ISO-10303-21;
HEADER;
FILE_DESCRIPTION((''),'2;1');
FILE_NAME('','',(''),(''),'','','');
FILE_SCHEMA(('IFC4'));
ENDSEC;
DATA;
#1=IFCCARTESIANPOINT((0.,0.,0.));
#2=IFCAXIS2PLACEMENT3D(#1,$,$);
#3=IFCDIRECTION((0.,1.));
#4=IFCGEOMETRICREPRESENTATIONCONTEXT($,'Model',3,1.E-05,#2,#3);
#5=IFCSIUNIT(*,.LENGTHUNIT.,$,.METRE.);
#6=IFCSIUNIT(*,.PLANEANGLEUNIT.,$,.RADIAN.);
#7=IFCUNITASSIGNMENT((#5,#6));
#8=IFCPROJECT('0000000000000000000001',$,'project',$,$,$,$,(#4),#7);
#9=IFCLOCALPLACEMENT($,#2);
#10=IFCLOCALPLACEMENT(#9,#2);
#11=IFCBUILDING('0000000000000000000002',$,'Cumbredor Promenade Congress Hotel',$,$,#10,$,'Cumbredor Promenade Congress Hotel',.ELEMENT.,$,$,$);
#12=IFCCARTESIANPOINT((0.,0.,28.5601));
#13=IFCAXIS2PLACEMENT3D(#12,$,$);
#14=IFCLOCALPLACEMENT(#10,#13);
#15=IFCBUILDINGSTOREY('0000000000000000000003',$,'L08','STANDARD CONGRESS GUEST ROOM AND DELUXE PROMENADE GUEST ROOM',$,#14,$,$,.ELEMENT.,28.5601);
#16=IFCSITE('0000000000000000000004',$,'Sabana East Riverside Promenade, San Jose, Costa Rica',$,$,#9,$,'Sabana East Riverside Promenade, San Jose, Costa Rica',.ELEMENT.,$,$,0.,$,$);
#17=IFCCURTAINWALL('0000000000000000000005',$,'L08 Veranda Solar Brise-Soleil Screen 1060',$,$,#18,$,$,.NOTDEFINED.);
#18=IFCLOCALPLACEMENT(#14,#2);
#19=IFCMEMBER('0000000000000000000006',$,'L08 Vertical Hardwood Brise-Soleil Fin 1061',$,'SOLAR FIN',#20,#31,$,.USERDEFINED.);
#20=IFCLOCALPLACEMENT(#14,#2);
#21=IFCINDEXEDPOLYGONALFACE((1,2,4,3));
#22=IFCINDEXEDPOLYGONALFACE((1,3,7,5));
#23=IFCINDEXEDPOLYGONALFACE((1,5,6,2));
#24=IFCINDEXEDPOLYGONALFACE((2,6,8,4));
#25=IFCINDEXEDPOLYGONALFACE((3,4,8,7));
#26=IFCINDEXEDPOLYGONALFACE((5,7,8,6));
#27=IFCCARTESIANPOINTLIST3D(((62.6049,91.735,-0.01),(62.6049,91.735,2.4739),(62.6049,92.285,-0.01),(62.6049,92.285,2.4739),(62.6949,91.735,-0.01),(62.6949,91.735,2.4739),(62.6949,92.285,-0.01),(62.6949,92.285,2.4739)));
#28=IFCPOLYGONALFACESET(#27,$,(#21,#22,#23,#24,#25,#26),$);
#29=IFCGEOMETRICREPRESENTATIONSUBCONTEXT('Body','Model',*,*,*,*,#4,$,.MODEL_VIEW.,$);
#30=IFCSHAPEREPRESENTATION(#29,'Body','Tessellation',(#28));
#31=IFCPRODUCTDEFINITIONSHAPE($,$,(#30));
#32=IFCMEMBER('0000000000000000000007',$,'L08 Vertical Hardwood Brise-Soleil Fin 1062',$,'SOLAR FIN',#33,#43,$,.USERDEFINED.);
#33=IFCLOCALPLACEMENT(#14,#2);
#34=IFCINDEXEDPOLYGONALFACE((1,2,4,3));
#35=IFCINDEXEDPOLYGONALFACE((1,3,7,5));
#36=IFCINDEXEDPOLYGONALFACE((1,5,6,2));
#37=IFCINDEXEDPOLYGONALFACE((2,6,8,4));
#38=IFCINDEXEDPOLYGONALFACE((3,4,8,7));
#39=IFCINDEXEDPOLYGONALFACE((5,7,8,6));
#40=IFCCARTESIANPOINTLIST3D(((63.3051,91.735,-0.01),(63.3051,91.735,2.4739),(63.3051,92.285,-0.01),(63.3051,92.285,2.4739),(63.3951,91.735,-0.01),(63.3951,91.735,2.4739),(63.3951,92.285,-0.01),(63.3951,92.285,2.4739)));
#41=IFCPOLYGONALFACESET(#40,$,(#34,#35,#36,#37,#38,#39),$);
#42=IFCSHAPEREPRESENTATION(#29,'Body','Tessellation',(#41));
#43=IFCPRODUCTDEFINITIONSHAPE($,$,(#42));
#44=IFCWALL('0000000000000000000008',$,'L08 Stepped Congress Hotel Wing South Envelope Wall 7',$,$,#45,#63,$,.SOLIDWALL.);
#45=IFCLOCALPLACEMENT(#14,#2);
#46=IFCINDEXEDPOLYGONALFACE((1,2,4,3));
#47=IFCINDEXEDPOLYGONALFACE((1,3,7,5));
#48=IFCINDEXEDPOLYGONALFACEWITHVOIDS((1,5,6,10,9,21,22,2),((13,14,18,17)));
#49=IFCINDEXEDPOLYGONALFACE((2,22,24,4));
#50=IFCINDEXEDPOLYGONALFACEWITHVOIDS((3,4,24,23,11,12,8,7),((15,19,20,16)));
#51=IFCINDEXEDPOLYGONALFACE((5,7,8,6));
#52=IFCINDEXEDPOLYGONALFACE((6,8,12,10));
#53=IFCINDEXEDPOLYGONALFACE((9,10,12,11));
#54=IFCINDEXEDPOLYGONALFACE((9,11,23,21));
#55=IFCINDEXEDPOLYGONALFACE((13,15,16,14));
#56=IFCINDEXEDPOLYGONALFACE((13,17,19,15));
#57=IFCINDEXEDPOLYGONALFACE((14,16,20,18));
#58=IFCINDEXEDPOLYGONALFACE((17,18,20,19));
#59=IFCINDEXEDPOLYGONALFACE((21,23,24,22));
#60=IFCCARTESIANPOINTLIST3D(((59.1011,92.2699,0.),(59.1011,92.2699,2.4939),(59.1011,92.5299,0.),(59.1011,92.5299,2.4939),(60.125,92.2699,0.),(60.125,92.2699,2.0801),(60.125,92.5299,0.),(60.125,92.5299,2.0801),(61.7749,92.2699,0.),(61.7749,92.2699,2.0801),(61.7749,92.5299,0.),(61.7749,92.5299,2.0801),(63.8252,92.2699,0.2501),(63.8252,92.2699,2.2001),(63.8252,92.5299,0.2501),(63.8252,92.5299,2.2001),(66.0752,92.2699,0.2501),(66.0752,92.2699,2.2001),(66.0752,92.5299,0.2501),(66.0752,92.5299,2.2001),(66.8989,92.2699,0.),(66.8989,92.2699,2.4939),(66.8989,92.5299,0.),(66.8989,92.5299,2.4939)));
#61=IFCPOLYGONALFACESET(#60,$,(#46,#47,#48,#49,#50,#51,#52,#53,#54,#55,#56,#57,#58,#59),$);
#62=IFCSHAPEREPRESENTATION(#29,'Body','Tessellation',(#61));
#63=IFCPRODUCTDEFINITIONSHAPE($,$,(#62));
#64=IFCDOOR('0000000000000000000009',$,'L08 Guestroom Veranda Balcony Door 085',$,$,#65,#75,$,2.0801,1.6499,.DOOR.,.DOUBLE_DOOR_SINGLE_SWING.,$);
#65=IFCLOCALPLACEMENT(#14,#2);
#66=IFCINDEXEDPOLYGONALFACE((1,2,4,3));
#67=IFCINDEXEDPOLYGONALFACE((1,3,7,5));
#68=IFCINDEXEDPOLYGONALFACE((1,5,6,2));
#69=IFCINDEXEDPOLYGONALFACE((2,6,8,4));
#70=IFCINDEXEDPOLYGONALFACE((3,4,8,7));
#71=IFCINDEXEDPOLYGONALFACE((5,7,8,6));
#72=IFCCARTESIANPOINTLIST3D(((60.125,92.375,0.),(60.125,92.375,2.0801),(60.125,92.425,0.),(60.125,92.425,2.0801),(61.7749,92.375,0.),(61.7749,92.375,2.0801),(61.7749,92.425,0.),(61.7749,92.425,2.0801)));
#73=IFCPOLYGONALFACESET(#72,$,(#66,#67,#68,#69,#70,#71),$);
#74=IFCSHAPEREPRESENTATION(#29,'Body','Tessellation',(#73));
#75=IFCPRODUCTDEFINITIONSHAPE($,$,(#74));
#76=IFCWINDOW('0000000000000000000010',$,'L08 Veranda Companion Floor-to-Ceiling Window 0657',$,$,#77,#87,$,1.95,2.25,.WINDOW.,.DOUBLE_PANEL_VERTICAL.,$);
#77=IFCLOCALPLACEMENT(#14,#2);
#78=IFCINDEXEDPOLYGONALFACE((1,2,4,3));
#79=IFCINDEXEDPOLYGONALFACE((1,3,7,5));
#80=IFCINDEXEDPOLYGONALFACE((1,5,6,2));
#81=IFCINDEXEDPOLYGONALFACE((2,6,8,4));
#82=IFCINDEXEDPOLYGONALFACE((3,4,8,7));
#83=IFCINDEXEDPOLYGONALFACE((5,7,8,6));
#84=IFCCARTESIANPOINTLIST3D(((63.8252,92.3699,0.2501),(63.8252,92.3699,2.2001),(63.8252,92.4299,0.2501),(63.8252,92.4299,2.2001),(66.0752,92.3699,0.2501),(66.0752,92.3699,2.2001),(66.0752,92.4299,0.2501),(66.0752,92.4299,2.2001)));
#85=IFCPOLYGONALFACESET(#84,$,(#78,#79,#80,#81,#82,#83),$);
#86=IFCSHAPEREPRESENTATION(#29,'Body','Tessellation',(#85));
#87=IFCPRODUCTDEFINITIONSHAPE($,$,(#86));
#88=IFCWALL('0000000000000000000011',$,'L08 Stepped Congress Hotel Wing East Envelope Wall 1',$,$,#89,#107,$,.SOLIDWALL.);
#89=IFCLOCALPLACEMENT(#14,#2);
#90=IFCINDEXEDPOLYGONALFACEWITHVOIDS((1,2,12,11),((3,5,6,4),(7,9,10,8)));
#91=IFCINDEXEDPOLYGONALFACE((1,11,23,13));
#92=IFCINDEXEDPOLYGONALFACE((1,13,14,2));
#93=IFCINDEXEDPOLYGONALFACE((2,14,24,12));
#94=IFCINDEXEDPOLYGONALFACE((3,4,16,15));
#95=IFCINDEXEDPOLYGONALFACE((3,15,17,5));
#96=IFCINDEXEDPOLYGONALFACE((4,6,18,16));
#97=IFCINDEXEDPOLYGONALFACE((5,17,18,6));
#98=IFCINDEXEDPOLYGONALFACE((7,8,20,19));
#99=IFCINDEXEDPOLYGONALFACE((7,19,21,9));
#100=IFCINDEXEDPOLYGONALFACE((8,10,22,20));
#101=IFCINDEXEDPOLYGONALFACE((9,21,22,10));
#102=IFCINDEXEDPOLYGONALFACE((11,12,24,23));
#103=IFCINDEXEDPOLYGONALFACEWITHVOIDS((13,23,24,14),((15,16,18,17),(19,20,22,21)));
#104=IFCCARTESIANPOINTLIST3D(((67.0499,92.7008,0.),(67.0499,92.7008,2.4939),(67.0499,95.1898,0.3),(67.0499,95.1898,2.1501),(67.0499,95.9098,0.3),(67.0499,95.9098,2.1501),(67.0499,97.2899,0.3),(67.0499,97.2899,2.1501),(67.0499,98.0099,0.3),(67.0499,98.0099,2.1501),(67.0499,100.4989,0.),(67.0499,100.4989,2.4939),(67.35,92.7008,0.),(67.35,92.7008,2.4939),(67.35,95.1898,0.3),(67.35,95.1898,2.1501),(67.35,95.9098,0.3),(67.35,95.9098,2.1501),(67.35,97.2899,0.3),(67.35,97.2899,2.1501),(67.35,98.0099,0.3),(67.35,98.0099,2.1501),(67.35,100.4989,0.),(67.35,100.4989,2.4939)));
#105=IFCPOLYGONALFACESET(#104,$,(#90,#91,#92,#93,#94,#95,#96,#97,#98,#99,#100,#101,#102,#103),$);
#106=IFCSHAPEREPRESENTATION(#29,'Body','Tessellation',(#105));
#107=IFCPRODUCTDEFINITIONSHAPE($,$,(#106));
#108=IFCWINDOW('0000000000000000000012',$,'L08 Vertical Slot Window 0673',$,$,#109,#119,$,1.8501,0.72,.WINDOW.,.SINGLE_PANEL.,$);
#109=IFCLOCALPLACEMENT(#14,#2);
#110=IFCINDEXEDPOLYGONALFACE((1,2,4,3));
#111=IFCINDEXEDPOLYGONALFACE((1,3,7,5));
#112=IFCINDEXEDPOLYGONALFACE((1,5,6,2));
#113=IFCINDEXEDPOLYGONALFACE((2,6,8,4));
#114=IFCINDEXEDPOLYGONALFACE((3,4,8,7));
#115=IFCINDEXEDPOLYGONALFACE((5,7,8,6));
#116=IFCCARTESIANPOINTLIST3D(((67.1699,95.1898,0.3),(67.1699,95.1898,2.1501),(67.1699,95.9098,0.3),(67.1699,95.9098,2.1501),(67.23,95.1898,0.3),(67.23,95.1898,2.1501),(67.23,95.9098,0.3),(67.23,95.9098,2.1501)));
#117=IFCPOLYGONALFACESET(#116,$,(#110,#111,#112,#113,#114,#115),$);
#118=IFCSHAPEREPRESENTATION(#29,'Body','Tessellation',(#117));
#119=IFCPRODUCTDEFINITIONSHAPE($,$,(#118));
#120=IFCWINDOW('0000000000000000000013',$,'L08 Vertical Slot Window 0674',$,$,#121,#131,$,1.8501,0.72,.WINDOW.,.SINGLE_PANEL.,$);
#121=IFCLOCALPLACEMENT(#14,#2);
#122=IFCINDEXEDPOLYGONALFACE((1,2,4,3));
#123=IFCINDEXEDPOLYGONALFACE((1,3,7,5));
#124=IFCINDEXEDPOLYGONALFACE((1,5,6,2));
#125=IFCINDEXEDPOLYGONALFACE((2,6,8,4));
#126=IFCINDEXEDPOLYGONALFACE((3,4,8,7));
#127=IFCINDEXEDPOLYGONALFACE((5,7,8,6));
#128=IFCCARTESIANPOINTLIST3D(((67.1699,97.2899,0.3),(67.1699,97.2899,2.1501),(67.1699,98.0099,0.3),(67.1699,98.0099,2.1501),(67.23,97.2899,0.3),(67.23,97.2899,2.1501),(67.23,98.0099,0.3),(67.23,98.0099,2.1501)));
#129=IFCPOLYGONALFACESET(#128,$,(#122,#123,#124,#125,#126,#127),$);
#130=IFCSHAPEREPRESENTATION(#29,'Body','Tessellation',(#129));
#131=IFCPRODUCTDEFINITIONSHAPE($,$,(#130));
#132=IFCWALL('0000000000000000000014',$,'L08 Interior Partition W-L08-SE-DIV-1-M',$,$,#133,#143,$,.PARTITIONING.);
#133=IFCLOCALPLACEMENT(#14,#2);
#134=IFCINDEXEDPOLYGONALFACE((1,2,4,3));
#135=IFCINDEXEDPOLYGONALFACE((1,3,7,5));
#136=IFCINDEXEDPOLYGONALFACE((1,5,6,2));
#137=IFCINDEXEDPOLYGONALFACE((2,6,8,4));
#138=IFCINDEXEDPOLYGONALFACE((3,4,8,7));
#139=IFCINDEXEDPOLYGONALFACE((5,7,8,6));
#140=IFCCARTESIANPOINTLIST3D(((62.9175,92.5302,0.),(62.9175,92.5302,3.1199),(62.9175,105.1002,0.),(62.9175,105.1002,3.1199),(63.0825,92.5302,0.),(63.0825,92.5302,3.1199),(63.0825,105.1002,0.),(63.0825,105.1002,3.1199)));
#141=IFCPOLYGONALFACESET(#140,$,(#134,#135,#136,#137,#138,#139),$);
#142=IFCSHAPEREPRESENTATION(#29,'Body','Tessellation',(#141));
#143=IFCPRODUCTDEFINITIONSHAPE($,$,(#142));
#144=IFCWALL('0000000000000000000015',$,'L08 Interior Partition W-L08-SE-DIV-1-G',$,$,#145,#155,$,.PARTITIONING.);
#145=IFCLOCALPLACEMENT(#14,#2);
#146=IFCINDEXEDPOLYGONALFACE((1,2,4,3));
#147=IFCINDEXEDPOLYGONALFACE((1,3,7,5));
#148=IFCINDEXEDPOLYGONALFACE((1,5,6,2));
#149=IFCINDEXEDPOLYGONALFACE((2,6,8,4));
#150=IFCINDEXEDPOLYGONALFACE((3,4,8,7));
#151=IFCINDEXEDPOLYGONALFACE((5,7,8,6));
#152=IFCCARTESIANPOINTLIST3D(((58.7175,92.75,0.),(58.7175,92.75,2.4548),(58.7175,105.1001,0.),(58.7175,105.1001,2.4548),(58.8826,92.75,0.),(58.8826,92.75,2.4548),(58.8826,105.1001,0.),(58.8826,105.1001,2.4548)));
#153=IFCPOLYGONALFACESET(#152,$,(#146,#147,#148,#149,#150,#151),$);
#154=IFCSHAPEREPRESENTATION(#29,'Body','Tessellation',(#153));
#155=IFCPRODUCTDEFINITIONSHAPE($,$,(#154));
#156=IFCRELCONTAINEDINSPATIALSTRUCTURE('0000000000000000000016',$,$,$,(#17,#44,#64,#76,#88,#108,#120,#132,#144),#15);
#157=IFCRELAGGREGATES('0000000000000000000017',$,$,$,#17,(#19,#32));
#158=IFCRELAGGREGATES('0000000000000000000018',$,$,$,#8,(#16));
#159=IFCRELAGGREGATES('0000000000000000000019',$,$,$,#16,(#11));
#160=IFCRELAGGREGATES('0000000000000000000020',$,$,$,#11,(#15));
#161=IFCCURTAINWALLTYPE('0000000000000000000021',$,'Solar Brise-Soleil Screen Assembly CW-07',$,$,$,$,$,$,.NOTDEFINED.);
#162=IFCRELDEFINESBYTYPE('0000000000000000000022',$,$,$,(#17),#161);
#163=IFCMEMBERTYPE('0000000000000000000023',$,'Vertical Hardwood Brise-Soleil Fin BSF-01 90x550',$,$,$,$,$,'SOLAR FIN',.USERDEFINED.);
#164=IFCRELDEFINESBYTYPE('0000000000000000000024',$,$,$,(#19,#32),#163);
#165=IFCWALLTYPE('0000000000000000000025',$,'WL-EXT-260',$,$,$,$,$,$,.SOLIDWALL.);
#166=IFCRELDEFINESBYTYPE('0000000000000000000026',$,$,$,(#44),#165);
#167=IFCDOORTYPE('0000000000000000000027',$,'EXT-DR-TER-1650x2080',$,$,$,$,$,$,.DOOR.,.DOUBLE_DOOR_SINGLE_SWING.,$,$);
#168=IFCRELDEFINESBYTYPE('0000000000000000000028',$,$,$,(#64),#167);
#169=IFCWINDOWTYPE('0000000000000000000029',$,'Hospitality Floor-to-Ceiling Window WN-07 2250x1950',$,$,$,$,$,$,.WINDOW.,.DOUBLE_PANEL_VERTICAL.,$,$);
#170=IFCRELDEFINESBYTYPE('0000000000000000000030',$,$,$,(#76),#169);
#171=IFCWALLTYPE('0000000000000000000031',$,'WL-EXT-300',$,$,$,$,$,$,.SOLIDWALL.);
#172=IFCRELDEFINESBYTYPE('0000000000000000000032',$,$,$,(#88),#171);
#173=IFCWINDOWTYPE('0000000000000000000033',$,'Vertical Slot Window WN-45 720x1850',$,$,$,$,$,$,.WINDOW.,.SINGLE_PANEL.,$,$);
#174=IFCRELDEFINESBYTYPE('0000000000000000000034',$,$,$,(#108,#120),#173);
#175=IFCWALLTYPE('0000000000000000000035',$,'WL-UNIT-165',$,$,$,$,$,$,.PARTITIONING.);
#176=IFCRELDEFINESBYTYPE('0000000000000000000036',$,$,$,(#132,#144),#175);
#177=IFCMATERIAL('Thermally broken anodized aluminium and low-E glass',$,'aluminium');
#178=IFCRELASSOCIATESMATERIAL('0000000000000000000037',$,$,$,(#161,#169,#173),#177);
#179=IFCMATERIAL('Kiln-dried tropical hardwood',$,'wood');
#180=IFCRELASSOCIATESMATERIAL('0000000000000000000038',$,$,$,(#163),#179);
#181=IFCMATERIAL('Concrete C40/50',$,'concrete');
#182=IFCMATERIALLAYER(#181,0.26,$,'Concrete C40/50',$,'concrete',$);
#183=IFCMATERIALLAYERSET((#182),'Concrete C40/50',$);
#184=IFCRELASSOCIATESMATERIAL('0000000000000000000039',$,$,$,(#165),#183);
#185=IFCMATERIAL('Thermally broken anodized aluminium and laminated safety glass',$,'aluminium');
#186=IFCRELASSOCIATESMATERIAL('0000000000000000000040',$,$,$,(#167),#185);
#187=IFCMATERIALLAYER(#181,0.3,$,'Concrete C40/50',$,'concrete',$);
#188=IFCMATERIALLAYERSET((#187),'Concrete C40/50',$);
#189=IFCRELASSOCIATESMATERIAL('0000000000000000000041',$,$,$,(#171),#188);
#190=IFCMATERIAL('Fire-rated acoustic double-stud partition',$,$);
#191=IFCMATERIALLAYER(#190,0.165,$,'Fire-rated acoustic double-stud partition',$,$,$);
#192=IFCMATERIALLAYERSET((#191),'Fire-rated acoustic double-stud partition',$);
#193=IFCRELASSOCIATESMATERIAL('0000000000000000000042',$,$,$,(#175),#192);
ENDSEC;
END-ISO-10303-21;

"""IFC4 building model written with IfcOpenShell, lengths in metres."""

from ifc_helpers import new_model, si_unit, direction, frame, frame_2d, origin, origin_2d, place, context, subcontext, project, spatial, rectangle, extrude, material, layer, layer_set, material_profile, profile_set, type_object, element, fill, aggregate, save


model = new_model("IFC4")

# Units and contexts
model_context = context("Model", 3, precision=1e-05, world=origin(), true_north=direction((0.0, 1.0)))
body_context = subcontext(model_context, "Body", "Model", "MODEL_VIEW")
ifc_project = project(units=[si_unit("LENGTHUNIT", "METRE"), si_unit("PLANEANGLEUNIT", "RADIAN")], contexts=[model_context])

# Site, building, storey
site_placement = place(None, origin())
site = spatial("IfcSite", under=ifc_project, at=site_placement, Name="Sabana East Riverside Promenade, San Jose, Costa Rica", LongName="Sabana East Riverside Promenade, San Jose, Costa Rica", CompositionType="ELEMENT", RefElevation=0.0)
building_placement = place(site_placement, origin())
building = spatial("IfcBuilding", under=site, at=building_placement, Name="Cumbredor Promenade Congress Hotel", LongName="Cumbredor Promenade Congress Hotel", CompositionType="ELEMENT")
storey_placement = place(building_placement, frame((0.0, 0.0, 28.5601)))
storey = spatial("IfcBuildingStorey", under=building, at=storey_placement, Name="L08", Description="STANDARD CONGRESS GUEST ROOM AND DELUXE PROMENADE GUEST ROOM", CompositionType="ELEMENT", Elevation=28.5601)

# Shared definitions
ifc_material_1 = material(Name="Concrete C40/50", Category="concrete")

# Curtain wall
ifc_material_2 = material(Name="Thermally broken anodized aluminium and low-E glass", Category="aluminium")
curtain_wall_type = type_object("IfcCurtainWallType", Name="Solar Brise-Soleil Screen Assembly CW-07", PredefinedType="NOTDEFINED", material=ifc_material_2)
curtain_wall_1_placement = place(storey_placement, origin())
curtain_wall_1 = element("IfcCurtainWall", 1, at=curtain_wall_1_placement, inside=storey, type_object=curtain_wall_type, Name="L08 Veranda Solar Brise-Soleil Screen 1060", PredefinedType="NOTDEFINED")

# Members
ifc_material_3 = material(Name="Kiln-dried tropical hardwood", Category="wood")
ifc_material_profile_1 = material_profile(ifc_material_3, rectangle(XDim=0.0901, YDim=0.55, at=origin_2d()), Name="ARCH FIN 90x550")
ifc_profile_set_1 = profile_set([ifc_material_profile_1], Name="Kiln-dried tropical hardwood")
member_type_1 = type_object("IfcMemberType", Name="Vertical Hardwood Brise-Soleil Fin BSF-01 90x550", ElementType="SOLAR FIN", PredefinedType="USERDEFINED", material=ifc_profile_set_1)
member_1_placement = place(storey_placement, frame((62.6499, 92.01, -0.01), z_axis=(0.0, 0.0, 1.0), x_axis=(1.0, 0.0, 0.0)))
member_1 = element("IfcMember", 2, at=member_1_placement, type_object=member_type_1, Name="L08 Vertical Hardwood Brise-Soleil Fin 1061", ObjectType="SOLAR FIN", PredefinedType="USERDEFINED", context=body_context, shape_type="SweptSolid", body=[
    extrude(rectangle(XDim=0.0901, YDim=0.55, at=origin_2d()), origin(), (0.0, 0.0, 1.0), 2.4839),
])
member_2_placement = place(storey_placement, frame((63.3501, 92.01, -0.01), z_axis=(0.0, 0.0, 1.0), x_axis=(1.0, 0.0, 0.0)))
member_2 = element("IfcMember", 3, at=member_2_placement, type_object=member_type_1, Name="L08 Vertical Hardwood Brise-Soleil Fin 1062", ObjectType="SOLAR FIN", PredefinedType="USERDEFINED", context=body_context, shape_type="SweptSolid", body=[
    extrude(rectangle(XDim=0.0901, YDim=0.55, at=origin_2d()), origin(), (0.0, 0.0, 1.0), 2.4839),
])
aggregate(curtain_wall_1, [member_1, member_2])

# Wall, openings, door, window
ifc_layer_1 = layer(ifc_material_1, 0.26, Name="Concrete C40/50", Category="concrete")
ifc_layer_set_1 = layer_set([ifc_layer_1], Name="Concrete C40/50")
wall_type_1 = type_object("IfcWallType", Name="WL-EXT-260", PredefinedType="SOLIDWALL", material=ifc_layer_set_1)
wall_1_placement = place(storey_placement, frame((59.1011, 92.3999, 0.0), z_axis=(0.0, 0.0, 1.0), x_axis=(1.0, 0.0, 0.0)))
wall_1 = element("IfcWall", 4, at=wall_1_placement, inside=storey, type_object=wall_type_1, Name="L08 Stepped Congress Hotel Wing South Envelope Wall 7", PredefinedType="SOLIDWALL", context=body_context, shape_type="SweptSolid", body=[
    extrude(rectangle(XDim=7.7979, YDim=0.26, at=frame_2d((3.8989, 0.0))), origin(), (0.0, 0.0, 1.0), 2.4939),
])
opening_1_placement = place(wall_1_placement, frame((1.0239, 0.0, 0.0)))
opening_1 = element("IfcOpeningElement", 5, at=opening_1_placement, cuts=wall_1, PredefinedType="OPENING", context=body_context, shape_type="SweptSolid", body=[
    extrude(rectangle(XDim=1.6499, YDim=2.0801, at=frame_2d((0.825, 1.04))), frame((0.0, 0.1401, 0.0), z_axis=(0.0, -1.0, 0.0), x_axis=(1.0, 0.0, 0.0)), (0.0, 0.0, 1.0), 0.28),
])
opening_2_placement = place(wall_1_placement, frame((4.7241, 0.0, 0.25)))
opening_2 = element("IfcOpeningElement", 6, at=opening_2_placement, cuts=wall_1, PredefinedType="OPENING", context=body_context, shape_type="SweptSolid", body=[
    extrude(rectangle(XDim=2.25, YDim=1.95, at=frame_2d((1.125, 0.9751))), frame((0.0, 0.1401, 0.0), z_axis=(0.0, -1.0, 0.0), x_axis=(1.0, 0.0, 0.0)), (0.0, 0.0, 1.0), 0.28),
])
ifc_material_4 = material(Name="Thermally broken anodized aluminium and laminated safety glass", Category="aluminium")
door_type = type_object("IfcDoorType", Name="EXT-DR-TER-1650x2080", OperationType="DOUBLE_DOOR_SINGLE_SWING", PredefinedType="DOOR", material=ifc_material_4)
door_placement = place(opening_1_placement, frame((1.6499, 0.0, 0.0), z_axis=(0.0, 0.0, 1.0), x_axis=(-1.0, 0.0, 0.0)))
door = element("IfcDoor", 7, at=door_placement, inside=storey, type_object=door_type, Name="L08 Guestroom Veranda Balcony Door 085", OperationType="DOUBLE_DOOR_SINGLE_SWING", OverallHeight=2.0801, OverallWidth=1.6499, PredefinedType="DOOR", context=body_context, shape_type="SweptSolid", body=[
    extrude(rectangle(XDim=1.6499, YDim=2.0801, at=frame_2d((0.825, 1.04))), frame((0.0, 0.0249, 0.0), z_axis=(0.0, -1.0, 0.0), x_axis=(1.0, 0.0, 0.0)), (0.0, 0.0, 1.0), 0.05),
])
fill(opening_1, door)
window_type_1 = type_object("IfcWindowType", Name="Hospitality Floor-to-Ceiling Window WN-07 2250x1950", PartitioningType="DOUBLE_PANEL_VERTICAL", PredefinedType="WINDOW", material=ifc_material_2)
window_1_placement = place(opening_2_placement, origin())
window_1 = element("IfcWindow", 8, at=window_1_placement, inside=storey, type_object=window_type_1, Name="L08 Veranda Companion Floor-to-Ceiling Window 0657", OverallHeight=1.95, OverallWidth=2.25, PartitioningType="DOUBLE_PANEL_VERTICAL", PredefinedType="WINDOW", context=body_context, shape_type="SweptSolid", body=[
    extrude(rectangle(XDim=2.25, YDim=1.95, at=frame_2d((1.125, 0.9751))), frame((0.0, 0.03, 0.0), z_axis=(0.0, -1.0, 0.0), x_axis=(1.0, 0.0, 0.0)), (0.0, 0.0, 1.0), 0.0601),
])
fill(opening_2, window_1)

# Wall, openings, windows
ifc_layer_2 = layer(ifc_material_1, 0.3, Name="Concrete C40/50", Category="concrete")
ifc_layer_set_2 = layer_set([ifc_layer_2], Name="Concrete C40/50")
wall_type_2 = type_object("IfcWallType", Name="WL-EXT-300", PredefinedType="SOLIDWALL", material=ifc_layer_set_2)
wall_2_placement = place(storey_placement, frame((67.2, 92.7009, 0.0), z_axis=(0.0, 0.0, 1.0), x_axis=(0.0, 1.0, 0.0)))
wall_2 = element("IfcWall", 9, at=wall_2_placement, inside=storey, type_object=wall_type_2, Name="L08 Stepped Congress Hotel Wing East Envelope Wall 1", PredefinedType="SOLIDWALL", context=body_context, shape_type="SweptSolid", body=[
    extrude(rectangle(XDim=7.7981, YDim=0.3, at=frame_2d((3.8989, 0.0))), origin(), (0.0, 0.0, 1.0), 2.4939),
])
opening_3_placement = place(wall_2_placement, frame((2.489, 0.0, 0.3)))
opening_3 = element("IfcOpeningElement", 10, at=opening_3_placement, cuts=wall_2, PredefinedType="OPENING", context=body_context, shape_type="SweptSolid", body=[
    extrude(rectangle(XDim=0.72, YDim=1.8501, at=frame_2d((0.3599, 0.925))), frame((0.0, 0.1602, 0.0), z_axis=(0.0, -1.0, 0.0), x_axis=(1.0, 0.0, 0.0)), (0.0, 0.0, 1.0), 0.3201),
])
opening_4_placement = place(wall_2_placement, frame((4.5891, 0.0, 0.3)))
opening_4 = element("IfcOpeningElement", 11, at=opening_4_placement, cuts=wall_2, PredefinedType="OPENING", context=body_context, shape_type="SweptSolid", body=[
    extrude(rectangle(XDim=0.72, YDim=1.8501, at=frame_2d((0.3599, 0.925))), frame((0.0, 0.1602, 0.0), z_axis=(0.0, -1.0, 0.0), x_axis=(1.0, 0.0, 0.0)), (0.0, 0.0, 1.0), 0.3201),
])
window_type_2 = type_object("IfcWindowType", Name="Vertical Slot Window WN-45 720x1850", PartitioningType="SINGLE_PANEL", PredefinedType="WINDOW", material=ifc_material_2)
window_2_placement = place(opening_3_placement, origin())
window_2 = element("IfcWindow", 12, at=window_2_placement, inside=storey, type_object=window_type_2, Name="L08 Vertical Slot Window 0673", OverallHeight=1.8501, OverallWidth=0.72, PartitioningType="SINGLE_PANEL", PredefinedType="WINDOW", context=body_context, shape_type="SweptSolid", body=[
    extrude(rectangle(XDim=0.72, YDim=1.8501, at=frame_2d((0.3599, 0.925))), frame((0.0, 0.03, 0.0), z_axis=(0.0, -1.0, 0.0), x_axis=(1.0, 0.0, 0.0)), (0.0, 0.0, 1.0), 0.0601),
])
fill(opening_3, window_2)
window_3_placement = place(opening_4_placement, origin())
window_3 = element("IfcWindow", 13, at=window_3_placement, inside=storey, type_object=window_type_2, Name="L08 Vertical Slot Window 0674", OverallHeight=1.8501, OverallWidth=0.72, PartitioningType="SINGLE_PANEL", PredefinedType="WINDOW", context=body_context, shape_type="SweptSolid", body=[
    extrude(rectangle(XDim=0.72, YDim=1.8501, at=frame_2d((0.3599, 0.925))), frame((0.0, 0.03, 0.0), z_axis=(0.0, -1.0, 0.0), x_axis=(1.0, 0.0, 0.0)), (0.0, 0.0, 1.0), 0.0601),
])
fill(opening_4, window_3)

# Walls
ifc_material_5 = material(Name="Fire-rated acoustic double-stud partition")
ifc_layer_3 = layer(ifc_material_5, 0.165, Name="Fire-rated acoustic double-stud partition")
ifc_layer_set_3 = layer_set([ifc_layer_3], Name="Fire-rated acoustic double-stud partition")
wall_type_3 = type_object("IfcWallType", Name="WL-UNIT-165", PredefinedType="PARTITIONING", material=ifc_layer_set_3)
wall_3_placement = place(storey_placement, frame((63.0, 92.53, 0.0), z_axis=(0.0, 0.0, 1.0), x_axis=(0.0, 1.0, 0.0)))
element("IfcWall", 14, at=wall_3_placement, inside=storey, type_object=wall_type_3, Name="L08 Interior Partition W-L08-SE-DIV-1-M", PredefinedType="PARTITIONING", context=body_context, shape_type="SweptSolid", body=[
    extrude(rectangle(XDim=12.5701, YDim=0.165, at=frame_2d((6.2852, 0.0))), origin(), (0.0, 0.0, 1.0), 3.1199),
])
wall_4_placement = place(storey_placement, frame((58.8, 92.75, 0.0), z_axis=(0.0, 0.0, 1.0), x_axis=(0.0, 1.0, 0.0)))
element("IfcWall", 15, at=wall_4_placement, inside=storey, type_object=wall_type_3, Name="L08 Interior Partition W-L08-SE-DIV-1-G", PredefinedType="PARTITIONING", context=body_context, shape_type="SweptSolid", body=[
    extrude(rectangle(XDim=12.3501, YDim=0.165, at=frame_2d((6.175, 0.0))), origin(), (0.0, 0.0, 1.0), 2.4548),
])

save(model, "model.ifc")
